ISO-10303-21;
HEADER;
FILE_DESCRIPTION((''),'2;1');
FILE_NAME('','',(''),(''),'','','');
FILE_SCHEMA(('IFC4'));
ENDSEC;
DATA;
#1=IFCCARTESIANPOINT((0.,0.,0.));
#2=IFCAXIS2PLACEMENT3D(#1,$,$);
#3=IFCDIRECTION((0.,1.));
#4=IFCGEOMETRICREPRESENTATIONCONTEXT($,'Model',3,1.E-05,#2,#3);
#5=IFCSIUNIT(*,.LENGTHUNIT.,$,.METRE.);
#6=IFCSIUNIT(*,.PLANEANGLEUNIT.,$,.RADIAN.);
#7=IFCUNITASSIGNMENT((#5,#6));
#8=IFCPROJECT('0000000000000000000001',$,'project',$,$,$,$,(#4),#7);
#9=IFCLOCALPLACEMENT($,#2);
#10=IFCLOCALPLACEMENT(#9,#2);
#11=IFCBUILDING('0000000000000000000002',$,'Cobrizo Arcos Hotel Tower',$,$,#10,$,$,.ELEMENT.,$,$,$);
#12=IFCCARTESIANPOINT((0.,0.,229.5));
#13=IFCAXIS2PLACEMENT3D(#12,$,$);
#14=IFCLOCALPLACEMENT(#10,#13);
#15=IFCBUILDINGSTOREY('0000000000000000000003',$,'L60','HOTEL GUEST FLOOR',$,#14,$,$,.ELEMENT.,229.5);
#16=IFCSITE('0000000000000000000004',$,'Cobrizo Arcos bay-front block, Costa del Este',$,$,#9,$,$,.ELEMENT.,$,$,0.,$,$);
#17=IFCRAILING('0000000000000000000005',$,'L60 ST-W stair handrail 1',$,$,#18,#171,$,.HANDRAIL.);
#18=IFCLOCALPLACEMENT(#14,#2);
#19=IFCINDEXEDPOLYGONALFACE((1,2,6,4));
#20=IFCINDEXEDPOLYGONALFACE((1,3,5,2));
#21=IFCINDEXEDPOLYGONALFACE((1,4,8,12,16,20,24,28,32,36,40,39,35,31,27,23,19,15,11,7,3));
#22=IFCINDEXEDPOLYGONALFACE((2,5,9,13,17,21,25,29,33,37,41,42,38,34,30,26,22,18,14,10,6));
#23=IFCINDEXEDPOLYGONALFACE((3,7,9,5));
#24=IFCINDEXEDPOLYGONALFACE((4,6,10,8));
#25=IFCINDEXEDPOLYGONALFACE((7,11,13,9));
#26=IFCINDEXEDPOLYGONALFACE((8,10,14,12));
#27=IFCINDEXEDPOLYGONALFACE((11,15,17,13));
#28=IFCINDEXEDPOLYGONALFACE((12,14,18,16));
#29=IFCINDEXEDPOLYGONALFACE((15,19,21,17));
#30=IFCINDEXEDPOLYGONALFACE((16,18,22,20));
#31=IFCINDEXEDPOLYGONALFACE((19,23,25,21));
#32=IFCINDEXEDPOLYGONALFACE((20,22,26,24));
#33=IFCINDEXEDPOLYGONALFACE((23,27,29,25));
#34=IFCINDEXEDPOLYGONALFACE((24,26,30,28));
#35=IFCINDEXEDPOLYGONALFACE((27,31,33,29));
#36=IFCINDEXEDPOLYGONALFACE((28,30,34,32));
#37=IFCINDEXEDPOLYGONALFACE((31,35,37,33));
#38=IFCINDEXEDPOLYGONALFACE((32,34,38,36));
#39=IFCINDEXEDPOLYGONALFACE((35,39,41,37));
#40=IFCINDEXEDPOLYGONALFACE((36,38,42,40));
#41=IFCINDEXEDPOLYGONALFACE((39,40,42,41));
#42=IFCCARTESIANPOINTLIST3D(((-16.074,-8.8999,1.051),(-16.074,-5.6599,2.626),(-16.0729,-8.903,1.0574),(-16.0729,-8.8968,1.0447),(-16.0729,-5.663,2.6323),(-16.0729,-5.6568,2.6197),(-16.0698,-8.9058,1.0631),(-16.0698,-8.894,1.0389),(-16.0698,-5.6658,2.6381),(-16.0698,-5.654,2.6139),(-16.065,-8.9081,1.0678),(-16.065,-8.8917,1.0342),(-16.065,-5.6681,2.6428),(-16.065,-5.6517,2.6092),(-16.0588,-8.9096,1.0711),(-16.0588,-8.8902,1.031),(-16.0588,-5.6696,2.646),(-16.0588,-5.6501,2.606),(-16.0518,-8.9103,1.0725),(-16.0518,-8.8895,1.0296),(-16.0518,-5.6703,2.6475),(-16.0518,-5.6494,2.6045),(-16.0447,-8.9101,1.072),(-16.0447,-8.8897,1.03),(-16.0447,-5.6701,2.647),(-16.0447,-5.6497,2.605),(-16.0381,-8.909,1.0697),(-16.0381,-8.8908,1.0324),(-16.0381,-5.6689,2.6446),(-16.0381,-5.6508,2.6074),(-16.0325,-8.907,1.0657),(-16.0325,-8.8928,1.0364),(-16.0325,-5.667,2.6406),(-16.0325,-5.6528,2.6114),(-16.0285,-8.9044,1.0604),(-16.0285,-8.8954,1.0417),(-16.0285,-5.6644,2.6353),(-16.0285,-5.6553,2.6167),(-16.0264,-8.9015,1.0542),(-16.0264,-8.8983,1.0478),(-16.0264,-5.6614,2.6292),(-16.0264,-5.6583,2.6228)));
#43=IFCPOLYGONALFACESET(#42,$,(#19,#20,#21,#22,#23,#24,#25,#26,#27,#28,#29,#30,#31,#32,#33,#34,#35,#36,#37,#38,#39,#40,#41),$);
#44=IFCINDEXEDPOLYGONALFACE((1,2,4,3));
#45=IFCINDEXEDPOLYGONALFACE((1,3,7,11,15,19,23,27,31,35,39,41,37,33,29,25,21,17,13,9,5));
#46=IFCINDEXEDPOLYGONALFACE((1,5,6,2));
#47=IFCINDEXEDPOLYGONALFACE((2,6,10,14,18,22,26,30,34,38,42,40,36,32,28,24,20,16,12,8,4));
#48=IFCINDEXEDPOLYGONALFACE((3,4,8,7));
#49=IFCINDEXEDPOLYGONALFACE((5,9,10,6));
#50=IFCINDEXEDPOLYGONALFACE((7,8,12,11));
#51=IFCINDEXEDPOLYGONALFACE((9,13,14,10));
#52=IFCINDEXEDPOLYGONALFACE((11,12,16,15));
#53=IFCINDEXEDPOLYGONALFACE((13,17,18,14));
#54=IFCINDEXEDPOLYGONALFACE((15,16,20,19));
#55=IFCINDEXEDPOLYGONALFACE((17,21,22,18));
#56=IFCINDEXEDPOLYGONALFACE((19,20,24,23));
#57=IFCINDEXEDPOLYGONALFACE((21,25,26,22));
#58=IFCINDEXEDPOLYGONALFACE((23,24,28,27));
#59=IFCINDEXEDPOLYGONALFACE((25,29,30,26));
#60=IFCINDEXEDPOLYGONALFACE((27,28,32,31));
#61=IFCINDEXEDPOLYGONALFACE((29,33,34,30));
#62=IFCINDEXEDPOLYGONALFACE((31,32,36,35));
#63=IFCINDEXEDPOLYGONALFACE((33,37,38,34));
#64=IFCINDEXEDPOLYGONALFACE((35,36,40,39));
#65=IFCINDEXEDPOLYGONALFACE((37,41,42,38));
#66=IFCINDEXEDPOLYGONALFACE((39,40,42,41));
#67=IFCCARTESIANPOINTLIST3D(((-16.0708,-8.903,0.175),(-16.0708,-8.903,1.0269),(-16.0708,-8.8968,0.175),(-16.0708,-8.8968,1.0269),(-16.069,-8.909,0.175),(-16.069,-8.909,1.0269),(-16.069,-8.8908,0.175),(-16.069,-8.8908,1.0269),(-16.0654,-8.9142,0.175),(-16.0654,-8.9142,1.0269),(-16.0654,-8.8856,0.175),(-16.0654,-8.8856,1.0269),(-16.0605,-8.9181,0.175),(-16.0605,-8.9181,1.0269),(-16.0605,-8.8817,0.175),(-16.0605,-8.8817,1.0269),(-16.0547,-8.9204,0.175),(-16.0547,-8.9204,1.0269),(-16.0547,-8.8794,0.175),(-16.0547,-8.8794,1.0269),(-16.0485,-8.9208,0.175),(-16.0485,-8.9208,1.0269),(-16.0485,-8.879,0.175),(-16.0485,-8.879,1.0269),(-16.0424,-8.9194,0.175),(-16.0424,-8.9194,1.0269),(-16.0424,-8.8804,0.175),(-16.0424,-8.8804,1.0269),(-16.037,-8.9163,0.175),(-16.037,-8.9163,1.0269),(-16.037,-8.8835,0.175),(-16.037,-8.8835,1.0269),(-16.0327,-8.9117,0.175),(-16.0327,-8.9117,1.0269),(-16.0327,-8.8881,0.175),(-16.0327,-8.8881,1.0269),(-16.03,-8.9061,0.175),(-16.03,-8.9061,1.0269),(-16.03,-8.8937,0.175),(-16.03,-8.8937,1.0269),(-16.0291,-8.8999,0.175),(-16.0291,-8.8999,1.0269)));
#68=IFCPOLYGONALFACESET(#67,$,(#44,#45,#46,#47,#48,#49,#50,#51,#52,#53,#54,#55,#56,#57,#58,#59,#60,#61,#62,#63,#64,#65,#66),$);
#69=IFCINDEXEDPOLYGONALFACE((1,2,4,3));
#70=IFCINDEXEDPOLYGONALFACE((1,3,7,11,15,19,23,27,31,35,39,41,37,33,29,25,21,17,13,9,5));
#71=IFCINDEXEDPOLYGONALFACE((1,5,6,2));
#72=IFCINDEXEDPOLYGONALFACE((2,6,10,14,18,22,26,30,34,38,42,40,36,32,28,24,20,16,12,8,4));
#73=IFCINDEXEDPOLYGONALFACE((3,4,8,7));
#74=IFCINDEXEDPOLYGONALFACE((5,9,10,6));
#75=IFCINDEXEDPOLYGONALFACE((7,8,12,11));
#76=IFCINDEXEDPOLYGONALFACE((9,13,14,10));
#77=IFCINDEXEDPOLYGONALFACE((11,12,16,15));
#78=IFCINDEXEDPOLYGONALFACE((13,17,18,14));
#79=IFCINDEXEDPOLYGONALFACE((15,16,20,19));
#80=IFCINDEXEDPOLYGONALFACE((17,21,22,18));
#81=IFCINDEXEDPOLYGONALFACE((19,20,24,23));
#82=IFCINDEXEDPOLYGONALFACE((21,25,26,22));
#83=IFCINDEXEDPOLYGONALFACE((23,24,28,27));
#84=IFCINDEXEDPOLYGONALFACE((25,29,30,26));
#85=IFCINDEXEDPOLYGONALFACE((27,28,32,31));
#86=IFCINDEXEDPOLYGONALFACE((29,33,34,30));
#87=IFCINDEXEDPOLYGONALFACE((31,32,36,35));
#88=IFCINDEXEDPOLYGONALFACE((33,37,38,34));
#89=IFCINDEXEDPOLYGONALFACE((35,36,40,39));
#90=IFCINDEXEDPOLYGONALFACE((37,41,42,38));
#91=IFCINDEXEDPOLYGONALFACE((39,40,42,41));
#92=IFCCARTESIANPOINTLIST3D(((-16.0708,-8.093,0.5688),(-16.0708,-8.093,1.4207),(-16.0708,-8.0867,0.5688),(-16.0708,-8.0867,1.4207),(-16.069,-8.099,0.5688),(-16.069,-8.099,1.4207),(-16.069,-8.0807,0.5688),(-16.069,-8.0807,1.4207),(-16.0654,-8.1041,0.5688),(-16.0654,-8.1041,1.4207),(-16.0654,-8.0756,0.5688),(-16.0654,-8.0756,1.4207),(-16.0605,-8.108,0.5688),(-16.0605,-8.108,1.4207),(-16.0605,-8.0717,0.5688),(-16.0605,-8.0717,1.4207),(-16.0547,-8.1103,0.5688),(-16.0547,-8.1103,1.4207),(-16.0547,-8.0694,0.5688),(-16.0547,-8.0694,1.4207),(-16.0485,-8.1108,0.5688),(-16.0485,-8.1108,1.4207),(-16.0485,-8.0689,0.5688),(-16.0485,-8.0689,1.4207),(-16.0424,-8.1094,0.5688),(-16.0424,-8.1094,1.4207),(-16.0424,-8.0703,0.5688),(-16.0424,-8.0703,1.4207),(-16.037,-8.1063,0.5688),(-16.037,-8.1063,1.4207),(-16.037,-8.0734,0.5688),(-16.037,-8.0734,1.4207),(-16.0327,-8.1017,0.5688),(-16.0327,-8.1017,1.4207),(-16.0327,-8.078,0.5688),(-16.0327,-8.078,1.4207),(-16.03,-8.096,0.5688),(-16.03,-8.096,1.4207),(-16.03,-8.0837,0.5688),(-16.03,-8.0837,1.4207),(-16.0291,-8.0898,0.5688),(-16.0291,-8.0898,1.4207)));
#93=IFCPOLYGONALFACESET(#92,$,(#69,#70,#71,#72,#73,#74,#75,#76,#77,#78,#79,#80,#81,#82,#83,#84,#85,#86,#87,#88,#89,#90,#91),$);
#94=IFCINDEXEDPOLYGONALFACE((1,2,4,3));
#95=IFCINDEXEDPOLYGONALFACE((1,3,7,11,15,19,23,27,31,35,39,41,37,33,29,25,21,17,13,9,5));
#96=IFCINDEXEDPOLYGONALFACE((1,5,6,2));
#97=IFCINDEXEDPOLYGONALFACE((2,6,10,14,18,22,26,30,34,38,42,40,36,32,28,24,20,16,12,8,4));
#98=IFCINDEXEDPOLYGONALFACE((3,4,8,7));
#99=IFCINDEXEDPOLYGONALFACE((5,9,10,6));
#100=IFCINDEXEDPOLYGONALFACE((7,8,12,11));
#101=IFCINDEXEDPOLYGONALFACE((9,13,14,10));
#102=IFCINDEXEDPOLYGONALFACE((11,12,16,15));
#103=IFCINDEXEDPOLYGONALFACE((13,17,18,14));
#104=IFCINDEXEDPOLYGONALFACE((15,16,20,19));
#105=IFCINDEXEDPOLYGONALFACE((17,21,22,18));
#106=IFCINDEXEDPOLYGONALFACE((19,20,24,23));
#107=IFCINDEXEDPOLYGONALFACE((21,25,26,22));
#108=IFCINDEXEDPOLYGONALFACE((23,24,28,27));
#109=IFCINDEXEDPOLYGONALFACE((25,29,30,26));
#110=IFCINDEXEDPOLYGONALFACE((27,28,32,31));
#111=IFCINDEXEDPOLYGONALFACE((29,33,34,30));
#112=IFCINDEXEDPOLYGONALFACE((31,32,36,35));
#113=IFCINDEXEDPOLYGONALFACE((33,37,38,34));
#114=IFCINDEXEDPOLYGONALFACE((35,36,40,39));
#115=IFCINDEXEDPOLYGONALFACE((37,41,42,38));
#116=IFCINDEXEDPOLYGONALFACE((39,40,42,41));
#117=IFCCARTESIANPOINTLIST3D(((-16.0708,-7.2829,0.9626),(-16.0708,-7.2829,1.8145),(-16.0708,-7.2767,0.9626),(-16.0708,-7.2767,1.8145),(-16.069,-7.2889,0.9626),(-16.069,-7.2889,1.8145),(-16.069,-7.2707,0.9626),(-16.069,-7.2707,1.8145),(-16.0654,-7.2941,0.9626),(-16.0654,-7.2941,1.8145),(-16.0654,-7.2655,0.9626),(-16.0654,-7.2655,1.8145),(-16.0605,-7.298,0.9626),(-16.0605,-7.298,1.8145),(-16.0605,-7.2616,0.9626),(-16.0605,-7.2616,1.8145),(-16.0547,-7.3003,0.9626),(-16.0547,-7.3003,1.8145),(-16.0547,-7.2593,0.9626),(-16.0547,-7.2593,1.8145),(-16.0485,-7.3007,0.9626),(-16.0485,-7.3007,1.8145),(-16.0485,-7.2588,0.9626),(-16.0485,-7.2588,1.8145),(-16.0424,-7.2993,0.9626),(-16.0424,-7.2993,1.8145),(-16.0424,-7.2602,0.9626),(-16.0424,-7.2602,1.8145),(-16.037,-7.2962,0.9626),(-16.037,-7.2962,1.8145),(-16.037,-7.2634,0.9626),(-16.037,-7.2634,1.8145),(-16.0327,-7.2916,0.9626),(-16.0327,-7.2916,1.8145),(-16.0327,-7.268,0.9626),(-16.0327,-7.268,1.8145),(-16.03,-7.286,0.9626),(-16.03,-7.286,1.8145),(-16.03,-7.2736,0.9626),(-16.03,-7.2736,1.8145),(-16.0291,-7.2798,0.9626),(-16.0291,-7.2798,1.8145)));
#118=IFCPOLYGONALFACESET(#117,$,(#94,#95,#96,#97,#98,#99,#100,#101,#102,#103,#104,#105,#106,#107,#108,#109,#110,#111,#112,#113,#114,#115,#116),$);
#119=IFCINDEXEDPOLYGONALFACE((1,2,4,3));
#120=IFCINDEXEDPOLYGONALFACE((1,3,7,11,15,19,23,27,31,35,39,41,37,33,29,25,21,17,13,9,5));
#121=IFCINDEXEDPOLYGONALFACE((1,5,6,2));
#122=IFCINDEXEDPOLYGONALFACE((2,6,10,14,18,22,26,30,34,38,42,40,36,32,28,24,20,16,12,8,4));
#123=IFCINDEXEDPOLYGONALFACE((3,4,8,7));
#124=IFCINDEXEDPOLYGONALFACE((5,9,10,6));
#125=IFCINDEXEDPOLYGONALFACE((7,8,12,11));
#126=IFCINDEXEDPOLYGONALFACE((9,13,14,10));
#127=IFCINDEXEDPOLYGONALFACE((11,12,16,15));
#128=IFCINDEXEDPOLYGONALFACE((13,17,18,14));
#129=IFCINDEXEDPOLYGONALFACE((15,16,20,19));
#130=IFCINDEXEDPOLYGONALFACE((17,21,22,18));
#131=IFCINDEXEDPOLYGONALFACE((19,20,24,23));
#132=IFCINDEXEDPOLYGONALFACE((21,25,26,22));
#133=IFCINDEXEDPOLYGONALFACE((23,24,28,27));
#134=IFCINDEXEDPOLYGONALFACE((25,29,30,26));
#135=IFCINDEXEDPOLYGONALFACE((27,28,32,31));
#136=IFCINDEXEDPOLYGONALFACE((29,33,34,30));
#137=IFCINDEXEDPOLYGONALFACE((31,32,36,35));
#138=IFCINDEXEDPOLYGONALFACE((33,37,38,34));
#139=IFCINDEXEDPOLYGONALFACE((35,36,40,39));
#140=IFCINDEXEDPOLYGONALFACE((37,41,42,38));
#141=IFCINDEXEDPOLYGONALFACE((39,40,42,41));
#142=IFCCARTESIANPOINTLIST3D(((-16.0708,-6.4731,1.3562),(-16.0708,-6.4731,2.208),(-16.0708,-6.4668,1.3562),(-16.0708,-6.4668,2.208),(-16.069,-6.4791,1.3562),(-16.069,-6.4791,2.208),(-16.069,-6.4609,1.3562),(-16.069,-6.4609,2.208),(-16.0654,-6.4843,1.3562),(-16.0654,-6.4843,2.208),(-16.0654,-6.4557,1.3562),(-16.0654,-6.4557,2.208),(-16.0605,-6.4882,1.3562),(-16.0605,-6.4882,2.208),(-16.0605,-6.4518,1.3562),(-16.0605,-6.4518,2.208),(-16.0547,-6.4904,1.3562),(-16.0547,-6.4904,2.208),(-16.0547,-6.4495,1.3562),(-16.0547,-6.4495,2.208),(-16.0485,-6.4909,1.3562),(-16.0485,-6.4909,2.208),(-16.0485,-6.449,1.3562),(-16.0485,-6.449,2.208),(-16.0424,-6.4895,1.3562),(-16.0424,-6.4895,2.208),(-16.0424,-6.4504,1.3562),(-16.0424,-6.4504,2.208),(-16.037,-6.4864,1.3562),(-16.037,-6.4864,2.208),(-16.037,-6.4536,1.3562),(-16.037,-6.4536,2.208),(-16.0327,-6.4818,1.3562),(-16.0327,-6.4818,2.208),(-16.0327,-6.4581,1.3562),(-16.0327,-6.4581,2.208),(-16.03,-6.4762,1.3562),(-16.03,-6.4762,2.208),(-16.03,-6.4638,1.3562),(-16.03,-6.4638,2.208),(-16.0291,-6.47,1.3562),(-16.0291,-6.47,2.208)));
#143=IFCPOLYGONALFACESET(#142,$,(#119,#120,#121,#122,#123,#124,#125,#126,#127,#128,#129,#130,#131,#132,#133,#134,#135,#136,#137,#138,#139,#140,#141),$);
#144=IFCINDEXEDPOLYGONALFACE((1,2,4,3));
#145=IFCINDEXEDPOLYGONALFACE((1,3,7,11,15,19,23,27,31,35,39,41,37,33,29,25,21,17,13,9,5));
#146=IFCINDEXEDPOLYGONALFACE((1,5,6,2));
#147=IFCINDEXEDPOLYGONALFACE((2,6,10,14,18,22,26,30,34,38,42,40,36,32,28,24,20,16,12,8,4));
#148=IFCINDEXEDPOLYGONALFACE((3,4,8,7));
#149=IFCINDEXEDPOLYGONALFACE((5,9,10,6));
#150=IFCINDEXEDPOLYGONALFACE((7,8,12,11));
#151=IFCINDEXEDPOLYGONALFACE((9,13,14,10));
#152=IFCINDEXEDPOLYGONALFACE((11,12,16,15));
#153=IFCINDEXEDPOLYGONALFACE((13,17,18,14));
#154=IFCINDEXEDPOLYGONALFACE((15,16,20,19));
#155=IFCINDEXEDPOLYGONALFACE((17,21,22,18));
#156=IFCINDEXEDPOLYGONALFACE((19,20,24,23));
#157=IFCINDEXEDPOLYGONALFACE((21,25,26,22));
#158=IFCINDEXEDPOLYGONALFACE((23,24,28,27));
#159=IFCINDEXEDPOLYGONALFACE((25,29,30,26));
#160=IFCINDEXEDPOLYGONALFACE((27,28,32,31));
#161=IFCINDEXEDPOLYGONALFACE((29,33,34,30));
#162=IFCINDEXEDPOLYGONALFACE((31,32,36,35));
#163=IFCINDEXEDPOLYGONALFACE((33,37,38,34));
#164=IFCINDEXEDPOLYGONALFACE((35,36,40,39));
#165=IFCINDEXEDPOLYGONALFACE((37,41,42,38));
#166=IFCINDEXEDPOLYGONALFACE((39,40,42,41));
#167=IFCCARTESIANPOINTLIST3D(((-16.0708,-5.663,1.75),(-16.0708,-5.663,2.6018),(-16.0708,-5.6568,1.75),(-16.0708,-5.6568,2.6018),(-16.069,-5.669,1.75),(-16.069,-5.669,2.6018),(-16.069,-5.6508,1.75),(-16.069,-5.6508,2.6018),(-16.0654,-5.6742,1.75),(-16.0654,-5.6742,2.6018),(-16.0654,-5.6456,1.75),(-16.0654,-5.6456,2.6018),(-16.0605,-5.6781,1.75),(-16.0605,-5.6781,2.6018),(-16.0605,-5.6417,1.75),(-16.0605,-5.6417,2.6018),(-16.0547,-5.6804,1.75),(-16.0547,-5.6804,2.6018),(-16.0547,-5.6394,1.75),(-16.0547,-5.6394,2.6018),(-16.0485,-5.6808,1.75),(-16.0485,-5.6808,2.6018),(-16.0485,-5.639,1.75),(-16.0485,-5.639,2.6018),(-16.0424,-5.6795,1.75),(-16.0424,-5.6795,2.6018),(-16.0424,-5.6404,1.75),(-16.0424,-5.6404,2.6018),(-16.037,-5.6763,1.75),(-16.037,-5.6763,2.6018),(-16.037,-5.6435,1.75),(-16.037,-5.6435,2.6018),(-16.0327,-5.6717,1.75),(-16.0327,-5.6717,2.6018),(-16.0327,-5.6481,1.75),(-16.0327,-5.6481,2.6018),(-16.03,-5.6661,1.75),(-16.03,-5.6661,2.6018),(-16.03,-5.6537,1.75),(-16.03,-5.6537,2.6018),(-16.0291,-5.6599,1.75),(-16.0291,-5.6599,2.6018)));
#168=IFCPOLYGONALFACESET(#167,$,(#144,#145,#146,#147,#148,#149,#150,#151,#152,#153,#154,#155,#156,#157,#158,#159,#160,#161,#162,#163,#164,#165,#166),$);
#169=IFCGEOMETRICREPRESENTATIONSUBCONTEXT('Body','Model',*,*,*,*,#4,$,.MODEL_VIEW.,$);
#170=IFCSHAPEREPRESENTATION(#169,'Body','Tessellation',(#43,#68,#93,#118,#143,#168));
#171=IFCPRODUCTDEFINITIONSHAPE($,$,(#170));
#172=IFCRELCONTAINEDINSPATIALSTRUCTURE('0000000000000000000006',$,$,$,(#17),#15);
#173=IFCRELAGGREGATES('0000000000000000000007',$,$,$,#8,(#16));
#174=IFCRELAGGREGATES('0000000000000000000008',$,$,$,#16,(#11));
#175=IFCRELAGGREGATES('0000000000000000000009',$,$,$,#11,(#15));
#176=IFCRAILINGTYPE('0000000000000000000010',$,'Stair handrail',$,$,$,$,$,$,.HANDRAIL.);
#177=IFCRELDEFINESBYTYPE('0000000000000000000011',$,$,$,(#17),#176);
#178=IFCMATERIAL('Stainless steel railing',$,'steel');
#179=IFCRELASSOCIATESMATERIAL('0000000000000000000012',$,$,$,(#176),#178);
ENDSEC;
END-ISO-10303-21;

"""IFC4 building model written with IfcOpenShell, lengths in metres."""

from ifc_helpers import new_model, si_unit, direction, frame, origin, origin_2d, place, context, subcontext, project, spatial, circle, extrude, material, type_object, element, save


model = new_model("IFC4")

# Units and contexts
model_context = context("Model", 3, precision=1e-05, world=origin(), true_north=direction((0.0, 1.0)))
body_context = subcontext(model_context, "Body", "Model", "MODEL_VIEW")
ifc_project = project(units=[si_unit("LENGTHUNIT", "METRE"), si_unit("PLANEANGLEUNIT", "RADIAN")], contexts=[model_context])

# Site, building, storey
site_placement = place(None, origin())
site = spatial("IfcSite", under=ifc_project, at=site_placement, Name="Cobrizo Arcos bay-front block, Costa del Este", CompositionType="ELEMENT", RefElevation=0.0)
building_placement = place(site_placement, origin())
building = spatial("IfcBuilding", under=site, at=building_placement, Name="Cobrizo Arcos Hotel Tower", CompositionType="ELEMENT")
storey_placement = place(building_placement, frame((0.0, 0.0, 229.5)))
storey = spatial("IfcBuildingStorey", under=building, at=storey_placement, Name="L60", Description="HOTEL GUEST FLOOR", CompositionType="ELEMENT", Elevation=229.5)

# Railing
ifc_material_1 = material(Name="Stainless steel railing", Category="steel")
railing_type_1 = type_object("IfcRailingType", Name="Stair handrail", PredefinedType="HANDRAIL", material=ifc_material_1)
railing_1_placement = place(storey_placement, frame((-16.05, -8.8999, 0.175)))
element("IfcRailing", 1, at=railing_1_placement, inside=storey, type_object=railing_type_1, Name="L60 ST-W stair handrail 1", PredefinedType="HANDRAIL", context=body_context, shape_type="SweptSolid", body=[
    extrude(circle(Radius=0.0239, at=origin_2d()), frame((0.0, 0.0, 0.876), z_axis=(0.0, 0.899373, 0.437183), x_axis=(-1.0, 0.0, 0.0)), (0.0, 0.0, 1.0), 3.6025),
    extrude(circle(Radius=0.021, at=origin_2d()), origin(), (0.0, 0.0, 1.0), 0.8518),
    extrude(circle(Radius=0.021, at=origin_2d()), frame((0.0, 0.8101, 0.3938)), (0.0, 0.0, 1.0), 0.8518),
    extrude(circle(Radius=0.021, at=origin_2d()), frame((0.0, 1.6201, 0.7876)), (0.0, 0.0, 1.0), 0.8518),
    extrude(circle(Radius=0.021, at=origin_2d()), frame((0.0, 2.4299, 1.1812)), (0.0, 0.0, 1.0), 0.8518),
    extrude(circle(Radius=0.021, at=origin_2d()), frame((0.0, 3.24, 1.575)), (0.0, 0.0, 1.0), 0.8518),
])

save(model, "model.ifc")
